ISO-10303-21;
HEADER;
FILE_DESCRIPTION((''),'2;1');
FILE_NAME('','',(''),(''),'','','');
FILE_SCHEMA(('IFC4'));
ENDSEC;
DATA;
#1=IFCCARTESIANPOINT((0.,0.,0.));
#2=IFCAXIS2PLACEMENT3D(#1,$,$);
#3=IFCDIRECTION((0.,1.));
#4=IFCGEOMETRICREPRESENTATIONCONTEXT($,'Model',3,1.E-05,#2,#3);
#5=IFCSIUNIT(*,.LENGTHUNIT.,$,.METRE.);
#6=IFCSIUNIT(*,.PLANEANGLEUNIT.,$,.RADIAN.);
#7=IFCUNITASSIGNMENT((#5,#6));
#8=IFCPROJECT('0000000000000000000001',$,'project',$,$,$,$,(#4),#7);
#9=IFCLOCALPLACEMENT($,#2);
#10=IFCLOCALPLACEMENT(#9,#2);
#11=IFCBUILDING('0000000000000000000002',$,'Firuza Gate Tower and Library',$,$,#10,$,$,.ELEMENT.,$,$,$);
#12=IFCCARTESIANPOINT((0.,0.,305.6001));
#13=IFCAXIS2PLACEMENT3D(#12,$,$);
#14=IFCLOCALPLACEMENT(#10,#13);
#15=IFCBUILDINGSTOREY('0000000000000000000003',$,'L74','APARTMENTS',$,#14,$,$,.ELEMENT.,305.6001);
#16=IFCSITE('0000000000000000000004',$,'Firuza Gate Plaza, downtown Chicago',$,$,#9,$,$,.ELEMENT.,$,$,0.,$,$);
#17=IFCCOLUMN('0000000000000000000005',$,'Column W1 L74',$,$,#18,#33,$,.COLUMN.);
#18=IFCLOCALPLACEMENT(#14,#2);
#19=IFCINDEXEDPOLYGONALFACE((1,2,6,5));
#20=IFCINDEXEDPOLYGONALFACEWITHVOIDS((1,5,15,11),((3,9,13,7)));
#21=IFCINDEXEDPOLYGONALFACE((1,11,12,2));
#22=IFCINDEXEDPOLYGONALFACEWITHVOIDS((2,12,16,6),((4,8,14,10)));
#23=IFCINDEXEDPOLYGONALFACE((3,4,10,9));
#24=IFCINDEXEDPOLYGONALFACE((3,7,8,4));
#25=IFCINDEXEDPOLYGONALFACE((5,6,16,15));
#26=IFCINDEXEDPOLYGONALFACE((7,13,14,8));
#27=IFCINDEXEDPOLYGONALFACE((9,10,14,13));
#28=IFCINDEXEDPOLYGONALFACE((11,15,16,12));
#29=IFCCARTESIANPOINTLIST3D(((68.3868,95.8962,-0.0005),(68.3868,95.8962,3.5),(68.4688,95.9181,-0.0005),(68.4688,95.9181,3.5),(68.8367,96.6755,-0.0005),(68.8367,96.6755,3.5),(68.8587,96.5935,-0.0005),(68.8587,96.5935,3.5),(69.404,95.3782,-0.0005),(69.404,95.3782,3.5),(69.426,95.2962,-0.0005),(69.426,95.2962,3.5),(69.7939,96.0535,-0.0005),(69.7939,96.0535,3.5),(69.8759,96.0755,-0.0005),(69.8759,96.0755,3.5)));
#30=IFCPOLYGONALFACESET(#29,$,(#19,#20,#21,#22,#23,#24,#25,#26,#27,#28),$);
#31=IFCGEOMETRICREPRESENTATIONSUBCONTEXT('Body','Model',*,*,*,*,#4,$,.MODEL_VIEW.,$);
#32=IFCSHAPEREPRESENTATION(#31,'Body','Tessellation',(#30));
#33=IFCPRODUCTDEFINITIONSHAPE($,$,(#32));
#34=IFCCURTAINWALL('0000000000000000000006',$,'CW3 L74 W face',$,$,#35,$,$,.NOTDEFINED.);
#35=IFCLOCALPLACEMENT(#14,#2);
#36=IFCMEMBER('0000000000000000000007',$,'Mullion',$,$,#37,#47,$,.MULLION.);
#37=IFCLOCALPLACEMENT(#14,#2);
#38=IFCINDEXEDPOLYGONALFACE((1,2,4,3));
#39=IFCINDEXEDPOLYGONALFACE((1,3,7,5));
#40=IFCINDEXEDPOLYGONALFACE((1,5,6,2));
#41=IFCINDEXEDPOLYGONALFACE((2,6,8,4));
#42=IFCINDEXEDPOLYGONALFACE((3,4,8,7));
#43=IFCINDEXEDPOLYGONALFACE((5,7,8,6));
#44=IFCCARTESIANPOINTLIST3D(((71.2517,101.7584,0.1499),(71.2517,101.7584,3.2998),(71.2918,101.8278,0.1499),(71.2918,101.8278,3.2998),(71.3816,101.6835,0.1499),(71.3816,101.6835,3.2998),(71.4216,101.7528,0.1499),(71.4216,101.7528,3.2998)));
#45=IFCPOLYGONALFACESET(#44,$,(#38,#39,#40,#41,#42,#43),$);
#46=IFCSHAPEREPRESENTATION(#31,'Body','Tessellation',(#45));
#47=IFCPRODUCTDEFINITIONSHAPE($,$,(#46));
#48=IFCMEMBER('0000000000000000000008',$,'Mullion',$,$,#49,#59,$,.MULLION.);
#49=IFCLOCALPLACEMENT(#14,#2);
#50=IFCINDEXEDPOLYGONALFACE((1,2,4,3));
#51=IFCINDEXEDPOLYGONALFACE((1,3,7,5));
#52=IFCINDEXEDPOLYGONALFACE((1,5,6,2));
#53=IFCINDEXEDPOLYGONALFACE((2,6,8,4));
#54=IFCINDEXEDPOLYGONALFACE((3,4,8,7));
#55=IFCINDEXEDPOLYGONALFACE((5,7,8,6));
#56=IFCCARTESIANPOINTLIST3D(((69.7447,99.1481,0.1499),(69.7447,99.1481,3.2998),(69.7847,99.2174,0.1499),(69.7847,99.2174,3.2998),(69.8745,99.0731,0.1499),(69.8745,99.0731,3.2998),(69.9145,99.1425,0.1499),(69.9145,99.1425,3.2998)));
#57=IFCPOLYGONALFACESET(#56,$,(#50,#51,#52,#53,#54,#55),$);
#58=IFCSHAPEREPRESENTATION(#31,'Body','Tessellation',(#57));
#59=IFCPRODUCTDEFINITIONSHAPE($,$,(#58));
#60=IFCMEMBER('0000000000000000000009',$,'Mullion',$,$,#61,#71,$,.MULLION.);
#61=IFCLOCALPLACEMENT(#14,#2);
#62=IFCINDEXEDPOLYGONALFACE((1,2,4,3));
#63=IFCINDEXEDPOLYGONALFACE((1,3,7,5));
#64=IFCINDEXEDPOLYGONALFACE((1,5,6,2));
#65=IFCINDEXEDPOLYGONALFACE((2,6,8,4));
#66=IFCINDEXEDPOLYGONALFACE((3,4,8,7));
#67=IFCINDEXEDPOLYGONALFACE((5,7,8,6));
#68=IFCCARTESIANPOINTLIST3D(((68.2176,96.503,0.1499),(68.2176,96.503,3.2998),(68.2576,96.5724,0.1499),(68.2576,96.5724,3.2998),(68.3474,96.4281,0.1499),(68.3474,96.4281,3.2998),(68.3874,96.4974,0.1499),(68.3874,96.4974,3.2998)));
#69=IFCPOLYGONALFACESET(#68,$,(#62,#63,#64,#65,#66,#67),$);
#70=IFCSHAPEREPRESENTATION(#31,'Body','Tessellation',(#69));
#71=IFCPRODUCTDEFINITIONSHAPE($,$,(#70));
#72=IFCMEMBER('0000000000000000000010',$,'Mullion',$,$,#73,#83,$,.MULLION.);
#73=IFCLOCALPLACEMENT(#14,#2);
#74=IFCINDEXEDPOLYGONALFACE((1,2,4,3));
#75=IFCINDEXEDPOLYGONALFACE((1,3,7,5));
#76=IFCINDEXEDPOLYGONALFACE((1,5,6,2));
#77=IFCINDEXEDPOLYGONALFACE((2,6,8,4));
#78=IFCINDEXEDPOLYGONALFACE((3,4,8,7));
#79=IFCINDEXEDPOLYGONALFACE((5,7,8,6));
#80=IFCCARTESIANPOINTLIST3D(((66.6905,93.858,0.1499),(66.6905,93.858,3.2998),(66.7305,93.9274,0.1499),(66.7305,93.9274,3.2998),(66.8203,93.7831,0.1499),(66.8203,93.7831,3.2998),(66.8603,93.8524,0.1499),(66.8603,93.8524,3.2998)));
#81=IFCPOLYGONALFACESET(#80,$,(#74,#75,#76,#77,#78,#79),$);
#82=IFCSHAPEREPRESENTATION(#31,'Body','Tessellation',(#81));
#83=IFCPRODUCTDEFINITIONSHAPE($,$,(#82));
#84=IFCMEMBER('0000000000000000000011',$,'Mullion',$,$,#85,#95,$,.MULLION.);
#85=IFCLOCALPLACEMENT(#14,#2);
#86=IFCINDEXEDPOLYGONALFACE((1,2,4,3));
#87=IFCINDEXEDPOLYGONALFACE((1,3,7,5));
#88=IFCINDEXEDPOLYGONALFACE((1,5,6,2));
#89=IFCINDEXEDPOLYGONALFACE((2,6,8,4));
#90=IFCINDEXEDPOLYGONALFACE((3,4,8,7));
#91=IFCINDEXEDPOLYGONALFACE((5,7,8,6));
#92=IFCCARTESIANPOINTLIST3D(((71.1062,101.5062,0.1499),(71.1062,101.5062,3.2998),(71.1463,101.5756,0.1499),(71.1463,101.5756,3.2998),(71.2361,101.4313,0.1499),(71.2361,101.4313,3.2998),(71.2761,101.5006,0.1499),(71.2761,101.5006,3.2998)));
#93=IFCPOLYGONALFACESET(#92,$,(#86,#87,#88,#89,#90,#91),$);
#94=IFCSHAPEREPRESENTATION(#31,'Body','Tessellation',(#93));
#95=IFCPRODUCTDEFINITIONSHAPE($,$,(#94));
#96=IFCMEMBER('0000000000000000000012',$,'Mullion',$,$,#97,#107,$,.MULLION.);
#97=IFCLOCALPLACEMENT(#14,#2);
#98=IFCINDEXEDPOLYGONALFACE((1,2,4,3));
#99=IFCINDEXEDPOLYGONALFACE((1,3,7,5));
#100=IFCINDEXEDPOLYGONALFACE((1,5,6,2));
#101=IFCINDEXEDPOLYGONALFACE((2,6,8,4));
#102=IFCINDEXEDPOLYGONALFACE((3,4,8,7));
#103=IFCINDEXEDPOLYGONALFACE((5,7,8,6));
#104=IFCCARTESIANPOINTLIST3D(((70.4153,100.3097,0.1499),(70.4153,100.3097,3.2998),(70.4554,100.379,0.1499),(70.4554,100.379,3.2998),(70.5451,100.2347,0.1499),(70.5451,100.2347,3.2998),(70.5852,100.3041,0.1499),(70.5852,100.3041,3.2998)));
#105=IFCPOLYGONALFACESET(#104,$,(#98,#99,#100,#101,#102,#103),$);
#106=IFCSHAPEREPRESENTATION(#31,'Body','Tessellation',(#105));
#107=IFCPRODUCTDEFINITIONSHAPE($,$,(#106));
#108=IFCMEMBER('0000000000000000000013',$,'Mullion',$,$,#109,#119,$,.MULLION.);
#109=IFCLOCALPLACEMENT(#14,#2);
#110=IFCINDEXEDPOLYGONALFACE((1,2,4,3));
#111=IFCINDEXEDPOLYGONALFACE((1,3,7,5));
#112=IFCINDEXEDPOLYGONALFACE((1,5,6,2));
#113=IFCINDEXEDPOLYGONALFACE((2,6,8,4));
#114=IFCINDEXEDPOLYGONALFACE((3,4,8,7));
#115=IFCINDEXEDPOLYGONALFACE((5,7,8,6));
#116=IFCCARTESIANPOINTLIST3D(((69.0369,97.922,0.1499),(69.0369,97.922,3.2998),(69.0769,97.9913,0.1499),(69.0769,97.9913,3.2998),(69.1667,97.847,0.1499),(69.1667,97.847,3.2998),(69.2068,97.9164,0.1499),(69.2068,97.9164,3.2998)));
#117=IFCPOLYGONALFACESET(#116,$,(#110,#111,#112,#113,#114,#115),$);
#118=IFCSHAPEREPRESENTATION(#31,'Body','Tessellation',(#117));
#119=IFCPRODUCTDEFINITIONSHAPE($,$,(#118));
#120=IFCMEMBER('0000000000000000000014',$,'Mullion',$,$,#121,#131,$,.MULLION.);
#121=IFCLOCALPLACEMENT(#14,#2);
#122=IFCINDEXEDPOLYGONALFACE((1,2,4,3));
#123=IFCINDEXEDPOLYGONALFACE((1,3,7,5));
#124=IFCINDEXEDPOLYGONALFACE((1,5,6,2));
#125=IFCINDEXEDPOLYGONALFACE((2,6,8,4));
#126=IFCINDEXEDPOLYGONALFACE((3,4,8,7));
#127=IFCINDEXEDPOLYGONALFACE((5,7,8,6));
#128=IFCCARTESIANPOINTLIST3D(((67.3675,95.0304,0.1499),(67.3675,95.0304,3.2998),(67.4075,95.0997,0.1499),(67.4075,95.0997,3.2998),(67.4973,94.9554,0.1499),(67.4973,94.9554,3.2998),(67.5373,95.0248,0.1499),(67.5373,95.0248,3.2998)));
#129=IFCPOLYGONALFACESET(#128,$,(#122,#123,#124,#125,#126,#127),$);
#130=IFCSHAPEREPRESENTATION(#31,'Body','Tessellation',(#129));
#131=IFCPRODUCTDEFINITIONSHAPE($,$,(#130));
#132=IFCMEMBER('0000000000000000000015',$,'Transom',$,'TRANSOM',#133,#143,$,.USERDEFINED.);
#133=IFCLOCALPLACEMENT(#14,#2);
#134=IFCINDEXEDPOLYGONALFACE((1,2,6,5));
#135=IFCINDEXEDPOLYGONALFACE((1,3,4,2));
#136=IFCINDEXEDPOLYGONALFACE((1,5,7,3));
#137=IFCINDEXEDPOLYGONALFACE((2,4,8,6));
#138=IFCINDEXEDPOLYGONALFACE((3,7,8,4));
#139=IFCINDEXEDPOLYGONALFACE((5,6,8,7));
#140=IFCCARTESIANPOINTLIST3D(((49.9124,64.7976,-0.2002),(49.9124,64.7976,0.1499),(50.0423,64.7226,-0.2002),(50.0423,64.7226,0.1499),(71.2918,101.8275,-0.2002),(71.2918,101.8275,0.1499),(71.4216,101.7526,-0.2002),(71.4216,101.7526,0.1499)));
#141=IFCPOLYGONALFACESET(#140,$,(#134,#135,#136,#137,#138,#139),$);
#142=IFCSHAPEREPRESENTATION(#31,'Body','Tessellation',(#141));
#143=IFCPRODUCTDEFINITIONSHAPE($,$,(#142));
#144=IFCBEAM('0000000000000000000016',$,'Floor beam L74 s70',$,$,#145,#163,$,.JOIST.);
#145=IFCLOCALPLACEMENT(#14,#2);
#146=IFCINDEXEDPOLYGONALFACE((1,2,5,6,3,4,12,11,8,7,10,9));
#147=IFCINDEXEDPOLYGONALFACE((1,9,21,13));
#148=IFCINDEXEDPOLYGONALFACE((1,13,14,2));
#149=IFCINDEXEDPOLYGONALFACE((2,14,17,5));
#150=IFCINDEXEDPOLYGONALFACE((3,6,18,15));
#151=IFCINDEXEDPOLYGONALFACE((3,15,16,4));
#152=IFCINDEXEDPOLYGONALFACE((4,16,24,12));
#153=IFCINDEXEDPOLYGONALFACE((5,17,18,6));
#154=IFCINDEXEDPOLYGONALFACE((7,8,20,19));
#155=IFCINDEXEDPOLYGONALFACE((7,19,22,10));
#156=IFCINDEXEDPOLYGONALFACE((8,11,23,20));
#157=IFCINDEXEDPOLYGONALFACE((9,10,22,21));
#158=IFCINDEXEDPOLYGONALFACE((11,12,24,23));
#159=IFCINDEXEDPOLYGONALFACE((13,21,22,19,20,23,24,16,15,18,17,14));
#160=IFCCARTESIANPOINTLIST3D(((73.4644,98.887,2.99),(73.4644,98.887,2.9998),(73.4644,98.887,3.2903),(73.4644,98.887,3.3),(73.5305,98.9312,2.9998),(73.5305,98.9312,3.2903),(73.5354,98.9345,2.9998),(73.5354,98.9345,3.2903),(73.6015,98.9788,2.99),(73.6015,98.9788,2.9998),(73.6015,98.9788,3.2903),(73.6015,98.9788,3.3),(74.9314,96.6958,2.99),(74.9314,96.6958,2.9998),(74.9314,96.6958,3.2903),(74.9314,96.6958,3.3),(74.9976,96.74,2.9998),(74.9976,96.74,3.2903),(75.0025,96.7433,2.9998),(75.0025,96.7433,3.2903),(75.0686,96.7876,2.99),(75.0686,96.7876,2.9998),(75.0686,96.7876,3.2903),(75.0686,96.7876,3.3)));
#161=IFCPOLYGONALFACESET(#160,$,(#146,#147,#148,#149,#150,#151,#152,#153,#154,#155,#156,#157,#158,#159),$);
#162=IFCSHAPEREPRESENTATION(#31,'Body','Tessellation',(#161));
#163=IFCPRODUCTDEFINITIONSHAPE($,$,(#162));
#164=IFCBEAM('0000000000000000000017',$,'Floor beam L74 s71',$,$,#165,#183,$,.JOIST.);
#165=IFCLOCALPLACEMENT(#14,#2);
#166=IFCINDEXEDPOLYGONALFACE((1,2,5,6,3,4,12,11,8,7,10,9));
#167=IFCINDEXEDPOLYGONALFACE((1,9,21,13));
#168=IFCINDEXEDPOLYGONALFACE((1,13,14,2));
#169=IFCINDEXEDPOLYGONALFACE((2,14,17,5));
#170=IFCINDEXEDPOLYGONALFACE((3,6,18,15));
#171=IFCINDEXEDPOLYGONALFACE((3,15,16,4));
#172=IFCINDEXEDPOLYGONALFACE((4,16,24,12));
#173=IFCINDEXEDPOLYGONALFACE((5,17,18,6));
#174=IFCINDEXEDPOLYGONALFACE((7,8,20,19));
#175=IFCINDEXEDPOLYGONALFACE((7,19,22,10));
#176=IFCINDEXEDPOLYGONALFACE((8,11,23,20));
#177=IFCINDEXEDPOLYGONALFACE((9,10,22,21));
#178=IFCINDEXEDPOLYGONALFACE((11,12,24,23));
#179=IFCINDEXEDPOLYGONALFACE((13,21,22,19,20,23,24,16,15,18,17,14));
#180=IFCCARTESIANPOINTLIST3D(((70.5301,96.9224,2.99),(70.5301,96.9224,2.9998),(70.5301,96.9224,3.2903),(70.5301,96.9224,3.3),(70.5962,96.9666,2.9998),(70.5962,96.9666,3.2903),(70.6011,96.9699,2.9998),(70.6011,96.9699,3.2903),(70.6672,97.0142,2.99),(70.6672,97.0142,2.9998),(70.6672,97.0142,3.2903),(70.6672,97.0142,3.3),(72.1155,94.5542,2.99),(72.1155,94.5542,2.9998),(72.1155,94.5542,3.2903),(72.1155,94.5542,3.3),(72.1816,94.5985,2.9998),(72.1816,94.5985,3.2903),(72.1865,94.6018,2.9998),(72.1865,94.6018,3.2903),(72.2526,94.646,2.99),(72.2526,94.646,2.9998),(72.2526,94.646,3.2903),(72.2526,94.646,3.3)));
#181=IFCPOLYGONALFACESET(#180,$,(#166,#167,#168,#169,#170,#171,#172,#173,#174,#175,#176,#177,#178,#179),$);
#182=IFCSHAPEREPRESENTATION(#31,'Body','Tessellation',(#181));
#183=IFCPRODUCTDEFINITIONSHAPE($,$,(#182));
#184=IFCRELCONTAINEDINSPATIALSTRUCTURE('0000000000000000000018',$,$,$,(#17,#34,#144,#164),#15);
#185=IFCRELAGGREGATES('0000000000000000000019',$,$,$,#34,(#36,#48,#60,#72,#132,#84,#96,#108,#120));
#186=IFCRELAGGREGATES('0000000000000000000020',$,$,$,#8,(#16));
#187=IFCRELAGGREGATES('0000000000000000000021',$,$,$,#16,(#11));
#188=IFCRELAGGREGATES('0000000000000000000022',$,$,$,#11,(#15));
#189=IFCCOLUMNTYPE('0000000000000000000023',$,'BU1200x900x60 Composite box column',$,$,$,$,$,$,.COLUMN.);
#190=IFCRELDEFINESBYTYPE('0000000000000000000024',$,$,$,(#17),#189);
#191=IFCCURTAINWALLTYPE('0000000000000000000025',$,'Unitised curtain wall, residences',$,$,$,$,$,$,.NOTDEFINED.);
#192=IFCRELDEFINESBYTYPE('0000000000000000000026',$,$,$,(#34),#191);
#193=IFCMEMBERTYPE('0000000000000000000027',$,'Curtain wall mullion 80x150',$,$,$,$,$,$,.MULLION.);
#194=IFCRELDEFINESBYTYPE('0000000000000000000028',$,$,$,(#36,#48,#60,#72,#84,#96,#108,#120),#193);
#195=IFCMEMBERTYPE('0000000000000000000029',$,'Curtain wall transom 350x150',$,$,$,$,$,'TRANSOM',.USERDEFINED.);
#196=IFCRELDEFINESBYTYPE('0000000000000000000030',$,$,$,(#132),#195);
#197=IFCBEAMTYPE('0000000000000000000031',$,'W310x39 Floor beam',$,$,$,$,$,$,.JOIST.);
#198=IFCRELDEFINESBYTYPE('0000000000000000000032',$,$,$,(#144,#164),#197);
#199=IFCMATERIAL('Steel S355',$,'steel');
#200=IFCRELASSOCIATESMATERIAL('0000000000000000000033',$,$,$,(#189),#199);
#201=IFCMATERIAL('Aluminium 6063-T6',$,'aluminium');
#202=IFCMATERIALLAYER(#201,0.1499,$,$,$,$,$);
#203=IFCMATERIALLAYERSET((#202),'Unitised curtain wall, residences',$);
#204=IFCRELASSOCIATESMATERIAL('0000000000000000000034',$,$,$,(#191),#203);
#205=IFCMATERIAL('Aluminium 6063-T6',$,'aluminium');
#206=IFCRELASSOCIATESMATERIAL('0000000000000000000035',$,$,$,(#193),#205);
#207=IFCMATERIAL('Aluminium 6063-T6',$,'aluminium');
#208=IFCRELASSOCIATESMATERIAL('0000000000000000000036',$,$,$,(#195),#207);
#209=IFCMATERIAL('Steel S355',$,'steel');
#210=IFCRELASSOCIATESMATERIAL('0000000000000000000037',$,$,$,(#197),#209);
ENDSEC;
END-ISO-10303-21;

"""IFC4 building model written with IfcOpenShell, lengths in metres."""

from ifc_helpers import new_model, si_unit, direction, frame, origin, origin_2d, place, context, subcontext, project, spatial, rectangle, hollow_rectangle, i_section, extrude, material, layer, layer_set, material_profile, profile_set, type_object, element, aggregate, save


model = new_model("IFC4")

# Units and contexts
model_context = context("Model", 3, precision=1e-05, world=origin(), true_north=direction((0.0, 1.0)))
body_context = subcontext(model_context, "Body", "Model", "MODEL_VIEW")
ifc_project = project(units=[si_unit("LENGTHUNIT", "METRE"), si_unit("PLANEANGLEUNIT", "RADIAN")], contexts=[model_context])

# Site, building, storey
site_placement = place(None, origin())
site = spatial("IfcSite", under=ifc_project, at=site_placement, Name="Firuza Gate Plaza, downtown Chicago", CompositionType="ELEMENT", RefElevation=0.0)
building_placement = place(site_placement, origin())
building = spatial("IfcBuilding", under=site, at=building_placement, Name="Firuza Gate Tower and Library", CompositionType="ELEMENT")
storey_placement = place(building_placement, frame((0.0, 0.0, 305.6001)))
storey = spatial("IfcBuildingStorey", under=building, at=storey_placement, Name="L74", Description="APARTMENTS", CompositionType="ELEMENT", Elevation=305.6001)

# Column
ifc_material_1 = material(Name="Steel S355", Category="steel")
ifc_material_profile_1 = material_profile(ifc_material_1, hollow_rectangle(XDim=0.8999, YDim=1.2, WallThickness=0.0601, at=origin_2d()))
ifc_profile_set_1 = profile_set([ifc_material_profile_1], Name="Steel S355")
column_type = type_object("IfcColumnType", Name="BU1200x900x60 Composite box column", PredefinedType="COLUMN", material=ifc_profile_set_1)
column_placement = place(storey_placement, frame((69.1313, 95.9858, -0.0005), z_axis=(0.0, 0.0, 1.0), x_axis=(-0.5, -0.866025, 0.0)))
element("IfcColumn", 1, at=column_placement, inside=storey, type_object=column_type, Name="Column W1 L74", PredefinedType="COLUMN", context=body_context, shape_type="SweptSolid", body=[
    extrude(hollow_rectangle(XDim=0.8999, YDim=1.2, WallThickness=0.0601, at=origin_2d()), origin(), (0.0, 0.0, 1.0), 3.5005),
])

# Curtain wall, members
ifc_material_2 = material(Name="Aluminium 6063-T6", Category="aluminium")
ifc_layer_1 = layer(ifc_material_2, 0.1499)
ifc_layer_set_1 = layer_set([ifc_layer_1], Name="Unitised curtain wall, residences")
curtain_wall_type = type_object("IfcCurtainWallType", Name="Unitised curtain wall, residences", PredefinedType="NOTDEFINED", material=ifc_layer_set_1)
curtain_wall_placement = place(storey_placement, origin())
curtain_wall = element("IfcCurtainWall", 2, at=curtain_wall_placement, inside=storey, type_object=curtain_wall_type, Name="CW3 L74 W face", PredefinedType="NOTDEFINED")
ifc_material_3 = material(Name="Aluminium 6063-T6", Category="aluminium")
ifc_material_profile_2 = material_profile(ifc_material_3, rectangle(XDim=0.1499, YDim=0.0801, at=origin_2d()))
ifc_profile_set_2 = profile_set([ifc_material_profile_2], Name="Aluminium 6063-T6")
member_type_1 = type_object("IfcMemberType", Name="Curtain wall mullion 80x150", PredefinedType="MULLION", material=ifc_profile_set_2)
member_1_placement = place(storey_placement, frame((71.3367, 101.7556, 0.1499), z_axis=(0.0, 0.0, 1.0), x_axis=(0.866025, -0.5, 0.0)))
member_1 = element("IfcMember", 3, at=member_1_placement, type_object=member_type_1, Name="Mullion", PredefinedType="MULLION", context=body_context, shape_type="SweptSolid", body=[
    extrude(rectangle(XDim=0.1499, YDim=0.0801, at=origin_2d()), origin(), (0.0, 0.0, 1.0), 3.1499),
])
member_2_placement = place(storey_placement, frame((69.8296, 99.1453, 0.1499), z_axis=(0.0, 0.0, 1.0), x_axis=(0.866025, -0.5, 0.0)))
member_2 = element("IfcMember", 4, at=member_2_placement, type_object=member_type_1, Name="Mullion", PredefinedType="MULLION", context=body_context, shape_type="SweptSolid", body=[
    extrude(rectangle(XDim=0.1499, YDim=0.0801, at=origin_2d()), origin(), (0.0, 0.0, 1.0), 3.1499),
])
member_3_placement = place(storey_placement, frame((68.3025, 96.5002, 0.1499), z_axis=(0.0, 0.0, 1.0), x_axis=(0.866025, -0.5, 0.0)))
member_3 = element("IfcMember", 5, at=member_3_placement, type_object=member_type_1, Name="Mullion", PredefinedType="MULLION", context=body_context, shape_type="SweptSolid", body=[
    extrude(rectangle(XDim=0.1499, YDim=0.0801, at=origin_2d()), origin(), (0.0, 0.0, 1.0), 3.1499),
])
member_4_placement = place(storey_placement, frame((66.7754, 93.8552, 0.1499), z_axis=(0.0, 0.0, 1.0), x_axis=(0.866025, -0.5, 0.0)))
member_4 = element("IfcMember", 6, at=member_4_placement, type_object=member_type_1, Name="Mullion", PredefinedType="MULLION", context=body_context, shape_type="SweptSolid", body=[
    extrude(rectangle(XDim=0.1499, YDim=0.0801, at=origin_2d()), origin(), (0.0, 0.0, 1.0), 3.1499),
])
member_5_placement = place(storey_placement, frame((71.1912, 101.5034, 0.1499), z_axis=(0.0, 0.0, 1.0), x_axis=(0.866025, -0.5, 0.0)))
member_5 = element("IfcMember", 7, at=member_5_placement, type_object=member_type_1, Name="Mullion", PredefinedType="MULLION", context=body_context, shape_type="SweptSolid", body=[
    extrude(rectangle(XDim=0.1499, YDim=0.0801, at=origin_2d()), origin(), (0.0, 0.0, 1.0), 3.1499),
])
member_6_placement = place(storey_placement, frame((70.5002, 100.3069, 0.1499), z_axis=(0.0, 0.0, 1.0), x_axis=(0.866025, -0.5, 0.0)))
member_6 = element("IfcMember", 8, at=member_6_placement, type_object=member_type_1, Name="Mullion", PredefinedType="MULLION", context=body_context, shape_type="SweptSolid", body=[
    extrude(rectangle(XDim=0.1499, YDim=0.0801, at=origin_2d()), origin(), (0.0, 0.0, 1.0), 3.1499),
])
member_7_placement = place(storey_placement, frame((69.1218, 97.9192, 0.1499), z_axis=(0.0, 0.0, 1.0), x_axis=(0.866025, -0.5, 0.0)))
member_7 = element("IfcMember", 9, at=member_7_placement, type_object=member_type_1, Name="Mullion", PredefinedType="MULLION", context=body_context, shape_type="SweptSolid", body=[
    extrude(rectangle(XDim=0.1499, YDim=0.0801, at=origin_2d()), origin(), (0.0, 0.0, 1.0), 3.1499),
])
member_8_placement = place(storey_placement, frame((67.4524, 95.0276, 0.1499), z_axis=(0.0, 0.0, 1.0), x_axis=(0.866025, -0.5, 0.0)))
member_8 = element("IfcMember", 10, at=member_8_placement, type_object=member_type_1, Name="Mullion", PredefinedType="MULLION", context=body_context, shape_type="SweptSolid", body=[
    extrude(rectangle(XDim=0.1499, YDim=0.0801, at=origin_2d()), origin(), (0.0, 0.0, 1.0), 3.1499),
])
ifc_material_4 = material(Name="Aluminium 6063-T6", Category="aluminium")
ifc_material_profile_3 = material_profile(ifc_material_4, rectangle(XDim=0.1499, YDim=0.3501, at=origin_2d()))
ifc_profile_set_3 = profile_set([ifc_material_profile_3], Name="Aluminium 6063-T6")
member_type_2 = type_object("IfcMemberType", Name="Curtain wall transom 350x150", ElementType="TRANSOM", PredefinedType="USERDEFINED", material=ifc_profile_set_3)
member_9_placement = place(storey_placement, frame((71.3567, 101.79, -0.0251), z_axis=(-0.500002, -0.866024, 0.0), x_axis=(0.866024, -0.500002, 0.0)))
member_9 = element("IfcMember", 11, at=member_9_placement, type_object=member_type_2, Name="Transom", ObjectType="TRANSOM", PredefinedType="USERDEFINED", context=body_context, shape_type="SweptSolid", body=[
    extrude(rectangle(XDim=0.1499, YDim=0.3501, at=origin_2d()), origin(), (0.0, 0.0, 1.0), 42.7585),
])

# Beams
ifc_material_5 = material(Name="Steel S355", Category="steel")
ifc_material_profile_4 = material_profile(ifc_material_5, i_section(OverallWidth=0.165, OverallDepth=0.3101, WebThickness=0.0059, FlangeThickness=0.0098, at=origin_2d()))
ifc_profile_set_4 = profile_set([ifc_material_profile_4], Name="Steel S355")
beam_type_1 = type_object("IfcBeamType", Name="W310x39 Floor beam", PredefinedType="JOIST", material=ifc_profile_set_4)
beam_1_placement = place(storey_placement, frame((73.533, 98.9329, 3.145), z_axis=(0.556344, -0.830952, 0.0), x_axis=(0.830952, 0.556344, 0.0)))
element("IfcBeam", 12, at=beam_1_placement, inside=storey, type_object=beam_type_1, Name="Floor beam L74 s70", PredefinedType="JOIST", context=body_context, shape_type="SweptSolid", body=[
    extrude(i_section(OverallWidth=0.165, OverallDepth=0.3101, WebThickness=0.0059, FlangeThickness=0.0098, at=origin_2d()), origin(), (0.0, 0.0, 1.0), 2.637),
])
beam_2_placement = place(storey_placement, frame((70.5986, 96.9683, 3.145), z_axis=(0.55632, -0.830968, 0.0), x_axis=(0.830968, 0.55632, 0.0)))
element("IfcBeam", 13, at=beam_2_placement, inside=storey, type_object=beam_type_1, Name="Floor beam L74 s71", PredefinedType="JOIST", context=body_context, shape_type="SweptSolid", body=[
    extrude(i_section(OverallWidth=0.165, OverallDepth=0.3101, WebThickness=0.0059, FlangeThickness=0.0098, at=origin_2d()), origin(), (0.0, 0.0, 1.0), 2.8499),
])

aggregate(curtain_wall, [member_1, member_2, member_3, member_4, member_9, member_5, member_6, member_7, member_8])

save(model, "model.ifc")
